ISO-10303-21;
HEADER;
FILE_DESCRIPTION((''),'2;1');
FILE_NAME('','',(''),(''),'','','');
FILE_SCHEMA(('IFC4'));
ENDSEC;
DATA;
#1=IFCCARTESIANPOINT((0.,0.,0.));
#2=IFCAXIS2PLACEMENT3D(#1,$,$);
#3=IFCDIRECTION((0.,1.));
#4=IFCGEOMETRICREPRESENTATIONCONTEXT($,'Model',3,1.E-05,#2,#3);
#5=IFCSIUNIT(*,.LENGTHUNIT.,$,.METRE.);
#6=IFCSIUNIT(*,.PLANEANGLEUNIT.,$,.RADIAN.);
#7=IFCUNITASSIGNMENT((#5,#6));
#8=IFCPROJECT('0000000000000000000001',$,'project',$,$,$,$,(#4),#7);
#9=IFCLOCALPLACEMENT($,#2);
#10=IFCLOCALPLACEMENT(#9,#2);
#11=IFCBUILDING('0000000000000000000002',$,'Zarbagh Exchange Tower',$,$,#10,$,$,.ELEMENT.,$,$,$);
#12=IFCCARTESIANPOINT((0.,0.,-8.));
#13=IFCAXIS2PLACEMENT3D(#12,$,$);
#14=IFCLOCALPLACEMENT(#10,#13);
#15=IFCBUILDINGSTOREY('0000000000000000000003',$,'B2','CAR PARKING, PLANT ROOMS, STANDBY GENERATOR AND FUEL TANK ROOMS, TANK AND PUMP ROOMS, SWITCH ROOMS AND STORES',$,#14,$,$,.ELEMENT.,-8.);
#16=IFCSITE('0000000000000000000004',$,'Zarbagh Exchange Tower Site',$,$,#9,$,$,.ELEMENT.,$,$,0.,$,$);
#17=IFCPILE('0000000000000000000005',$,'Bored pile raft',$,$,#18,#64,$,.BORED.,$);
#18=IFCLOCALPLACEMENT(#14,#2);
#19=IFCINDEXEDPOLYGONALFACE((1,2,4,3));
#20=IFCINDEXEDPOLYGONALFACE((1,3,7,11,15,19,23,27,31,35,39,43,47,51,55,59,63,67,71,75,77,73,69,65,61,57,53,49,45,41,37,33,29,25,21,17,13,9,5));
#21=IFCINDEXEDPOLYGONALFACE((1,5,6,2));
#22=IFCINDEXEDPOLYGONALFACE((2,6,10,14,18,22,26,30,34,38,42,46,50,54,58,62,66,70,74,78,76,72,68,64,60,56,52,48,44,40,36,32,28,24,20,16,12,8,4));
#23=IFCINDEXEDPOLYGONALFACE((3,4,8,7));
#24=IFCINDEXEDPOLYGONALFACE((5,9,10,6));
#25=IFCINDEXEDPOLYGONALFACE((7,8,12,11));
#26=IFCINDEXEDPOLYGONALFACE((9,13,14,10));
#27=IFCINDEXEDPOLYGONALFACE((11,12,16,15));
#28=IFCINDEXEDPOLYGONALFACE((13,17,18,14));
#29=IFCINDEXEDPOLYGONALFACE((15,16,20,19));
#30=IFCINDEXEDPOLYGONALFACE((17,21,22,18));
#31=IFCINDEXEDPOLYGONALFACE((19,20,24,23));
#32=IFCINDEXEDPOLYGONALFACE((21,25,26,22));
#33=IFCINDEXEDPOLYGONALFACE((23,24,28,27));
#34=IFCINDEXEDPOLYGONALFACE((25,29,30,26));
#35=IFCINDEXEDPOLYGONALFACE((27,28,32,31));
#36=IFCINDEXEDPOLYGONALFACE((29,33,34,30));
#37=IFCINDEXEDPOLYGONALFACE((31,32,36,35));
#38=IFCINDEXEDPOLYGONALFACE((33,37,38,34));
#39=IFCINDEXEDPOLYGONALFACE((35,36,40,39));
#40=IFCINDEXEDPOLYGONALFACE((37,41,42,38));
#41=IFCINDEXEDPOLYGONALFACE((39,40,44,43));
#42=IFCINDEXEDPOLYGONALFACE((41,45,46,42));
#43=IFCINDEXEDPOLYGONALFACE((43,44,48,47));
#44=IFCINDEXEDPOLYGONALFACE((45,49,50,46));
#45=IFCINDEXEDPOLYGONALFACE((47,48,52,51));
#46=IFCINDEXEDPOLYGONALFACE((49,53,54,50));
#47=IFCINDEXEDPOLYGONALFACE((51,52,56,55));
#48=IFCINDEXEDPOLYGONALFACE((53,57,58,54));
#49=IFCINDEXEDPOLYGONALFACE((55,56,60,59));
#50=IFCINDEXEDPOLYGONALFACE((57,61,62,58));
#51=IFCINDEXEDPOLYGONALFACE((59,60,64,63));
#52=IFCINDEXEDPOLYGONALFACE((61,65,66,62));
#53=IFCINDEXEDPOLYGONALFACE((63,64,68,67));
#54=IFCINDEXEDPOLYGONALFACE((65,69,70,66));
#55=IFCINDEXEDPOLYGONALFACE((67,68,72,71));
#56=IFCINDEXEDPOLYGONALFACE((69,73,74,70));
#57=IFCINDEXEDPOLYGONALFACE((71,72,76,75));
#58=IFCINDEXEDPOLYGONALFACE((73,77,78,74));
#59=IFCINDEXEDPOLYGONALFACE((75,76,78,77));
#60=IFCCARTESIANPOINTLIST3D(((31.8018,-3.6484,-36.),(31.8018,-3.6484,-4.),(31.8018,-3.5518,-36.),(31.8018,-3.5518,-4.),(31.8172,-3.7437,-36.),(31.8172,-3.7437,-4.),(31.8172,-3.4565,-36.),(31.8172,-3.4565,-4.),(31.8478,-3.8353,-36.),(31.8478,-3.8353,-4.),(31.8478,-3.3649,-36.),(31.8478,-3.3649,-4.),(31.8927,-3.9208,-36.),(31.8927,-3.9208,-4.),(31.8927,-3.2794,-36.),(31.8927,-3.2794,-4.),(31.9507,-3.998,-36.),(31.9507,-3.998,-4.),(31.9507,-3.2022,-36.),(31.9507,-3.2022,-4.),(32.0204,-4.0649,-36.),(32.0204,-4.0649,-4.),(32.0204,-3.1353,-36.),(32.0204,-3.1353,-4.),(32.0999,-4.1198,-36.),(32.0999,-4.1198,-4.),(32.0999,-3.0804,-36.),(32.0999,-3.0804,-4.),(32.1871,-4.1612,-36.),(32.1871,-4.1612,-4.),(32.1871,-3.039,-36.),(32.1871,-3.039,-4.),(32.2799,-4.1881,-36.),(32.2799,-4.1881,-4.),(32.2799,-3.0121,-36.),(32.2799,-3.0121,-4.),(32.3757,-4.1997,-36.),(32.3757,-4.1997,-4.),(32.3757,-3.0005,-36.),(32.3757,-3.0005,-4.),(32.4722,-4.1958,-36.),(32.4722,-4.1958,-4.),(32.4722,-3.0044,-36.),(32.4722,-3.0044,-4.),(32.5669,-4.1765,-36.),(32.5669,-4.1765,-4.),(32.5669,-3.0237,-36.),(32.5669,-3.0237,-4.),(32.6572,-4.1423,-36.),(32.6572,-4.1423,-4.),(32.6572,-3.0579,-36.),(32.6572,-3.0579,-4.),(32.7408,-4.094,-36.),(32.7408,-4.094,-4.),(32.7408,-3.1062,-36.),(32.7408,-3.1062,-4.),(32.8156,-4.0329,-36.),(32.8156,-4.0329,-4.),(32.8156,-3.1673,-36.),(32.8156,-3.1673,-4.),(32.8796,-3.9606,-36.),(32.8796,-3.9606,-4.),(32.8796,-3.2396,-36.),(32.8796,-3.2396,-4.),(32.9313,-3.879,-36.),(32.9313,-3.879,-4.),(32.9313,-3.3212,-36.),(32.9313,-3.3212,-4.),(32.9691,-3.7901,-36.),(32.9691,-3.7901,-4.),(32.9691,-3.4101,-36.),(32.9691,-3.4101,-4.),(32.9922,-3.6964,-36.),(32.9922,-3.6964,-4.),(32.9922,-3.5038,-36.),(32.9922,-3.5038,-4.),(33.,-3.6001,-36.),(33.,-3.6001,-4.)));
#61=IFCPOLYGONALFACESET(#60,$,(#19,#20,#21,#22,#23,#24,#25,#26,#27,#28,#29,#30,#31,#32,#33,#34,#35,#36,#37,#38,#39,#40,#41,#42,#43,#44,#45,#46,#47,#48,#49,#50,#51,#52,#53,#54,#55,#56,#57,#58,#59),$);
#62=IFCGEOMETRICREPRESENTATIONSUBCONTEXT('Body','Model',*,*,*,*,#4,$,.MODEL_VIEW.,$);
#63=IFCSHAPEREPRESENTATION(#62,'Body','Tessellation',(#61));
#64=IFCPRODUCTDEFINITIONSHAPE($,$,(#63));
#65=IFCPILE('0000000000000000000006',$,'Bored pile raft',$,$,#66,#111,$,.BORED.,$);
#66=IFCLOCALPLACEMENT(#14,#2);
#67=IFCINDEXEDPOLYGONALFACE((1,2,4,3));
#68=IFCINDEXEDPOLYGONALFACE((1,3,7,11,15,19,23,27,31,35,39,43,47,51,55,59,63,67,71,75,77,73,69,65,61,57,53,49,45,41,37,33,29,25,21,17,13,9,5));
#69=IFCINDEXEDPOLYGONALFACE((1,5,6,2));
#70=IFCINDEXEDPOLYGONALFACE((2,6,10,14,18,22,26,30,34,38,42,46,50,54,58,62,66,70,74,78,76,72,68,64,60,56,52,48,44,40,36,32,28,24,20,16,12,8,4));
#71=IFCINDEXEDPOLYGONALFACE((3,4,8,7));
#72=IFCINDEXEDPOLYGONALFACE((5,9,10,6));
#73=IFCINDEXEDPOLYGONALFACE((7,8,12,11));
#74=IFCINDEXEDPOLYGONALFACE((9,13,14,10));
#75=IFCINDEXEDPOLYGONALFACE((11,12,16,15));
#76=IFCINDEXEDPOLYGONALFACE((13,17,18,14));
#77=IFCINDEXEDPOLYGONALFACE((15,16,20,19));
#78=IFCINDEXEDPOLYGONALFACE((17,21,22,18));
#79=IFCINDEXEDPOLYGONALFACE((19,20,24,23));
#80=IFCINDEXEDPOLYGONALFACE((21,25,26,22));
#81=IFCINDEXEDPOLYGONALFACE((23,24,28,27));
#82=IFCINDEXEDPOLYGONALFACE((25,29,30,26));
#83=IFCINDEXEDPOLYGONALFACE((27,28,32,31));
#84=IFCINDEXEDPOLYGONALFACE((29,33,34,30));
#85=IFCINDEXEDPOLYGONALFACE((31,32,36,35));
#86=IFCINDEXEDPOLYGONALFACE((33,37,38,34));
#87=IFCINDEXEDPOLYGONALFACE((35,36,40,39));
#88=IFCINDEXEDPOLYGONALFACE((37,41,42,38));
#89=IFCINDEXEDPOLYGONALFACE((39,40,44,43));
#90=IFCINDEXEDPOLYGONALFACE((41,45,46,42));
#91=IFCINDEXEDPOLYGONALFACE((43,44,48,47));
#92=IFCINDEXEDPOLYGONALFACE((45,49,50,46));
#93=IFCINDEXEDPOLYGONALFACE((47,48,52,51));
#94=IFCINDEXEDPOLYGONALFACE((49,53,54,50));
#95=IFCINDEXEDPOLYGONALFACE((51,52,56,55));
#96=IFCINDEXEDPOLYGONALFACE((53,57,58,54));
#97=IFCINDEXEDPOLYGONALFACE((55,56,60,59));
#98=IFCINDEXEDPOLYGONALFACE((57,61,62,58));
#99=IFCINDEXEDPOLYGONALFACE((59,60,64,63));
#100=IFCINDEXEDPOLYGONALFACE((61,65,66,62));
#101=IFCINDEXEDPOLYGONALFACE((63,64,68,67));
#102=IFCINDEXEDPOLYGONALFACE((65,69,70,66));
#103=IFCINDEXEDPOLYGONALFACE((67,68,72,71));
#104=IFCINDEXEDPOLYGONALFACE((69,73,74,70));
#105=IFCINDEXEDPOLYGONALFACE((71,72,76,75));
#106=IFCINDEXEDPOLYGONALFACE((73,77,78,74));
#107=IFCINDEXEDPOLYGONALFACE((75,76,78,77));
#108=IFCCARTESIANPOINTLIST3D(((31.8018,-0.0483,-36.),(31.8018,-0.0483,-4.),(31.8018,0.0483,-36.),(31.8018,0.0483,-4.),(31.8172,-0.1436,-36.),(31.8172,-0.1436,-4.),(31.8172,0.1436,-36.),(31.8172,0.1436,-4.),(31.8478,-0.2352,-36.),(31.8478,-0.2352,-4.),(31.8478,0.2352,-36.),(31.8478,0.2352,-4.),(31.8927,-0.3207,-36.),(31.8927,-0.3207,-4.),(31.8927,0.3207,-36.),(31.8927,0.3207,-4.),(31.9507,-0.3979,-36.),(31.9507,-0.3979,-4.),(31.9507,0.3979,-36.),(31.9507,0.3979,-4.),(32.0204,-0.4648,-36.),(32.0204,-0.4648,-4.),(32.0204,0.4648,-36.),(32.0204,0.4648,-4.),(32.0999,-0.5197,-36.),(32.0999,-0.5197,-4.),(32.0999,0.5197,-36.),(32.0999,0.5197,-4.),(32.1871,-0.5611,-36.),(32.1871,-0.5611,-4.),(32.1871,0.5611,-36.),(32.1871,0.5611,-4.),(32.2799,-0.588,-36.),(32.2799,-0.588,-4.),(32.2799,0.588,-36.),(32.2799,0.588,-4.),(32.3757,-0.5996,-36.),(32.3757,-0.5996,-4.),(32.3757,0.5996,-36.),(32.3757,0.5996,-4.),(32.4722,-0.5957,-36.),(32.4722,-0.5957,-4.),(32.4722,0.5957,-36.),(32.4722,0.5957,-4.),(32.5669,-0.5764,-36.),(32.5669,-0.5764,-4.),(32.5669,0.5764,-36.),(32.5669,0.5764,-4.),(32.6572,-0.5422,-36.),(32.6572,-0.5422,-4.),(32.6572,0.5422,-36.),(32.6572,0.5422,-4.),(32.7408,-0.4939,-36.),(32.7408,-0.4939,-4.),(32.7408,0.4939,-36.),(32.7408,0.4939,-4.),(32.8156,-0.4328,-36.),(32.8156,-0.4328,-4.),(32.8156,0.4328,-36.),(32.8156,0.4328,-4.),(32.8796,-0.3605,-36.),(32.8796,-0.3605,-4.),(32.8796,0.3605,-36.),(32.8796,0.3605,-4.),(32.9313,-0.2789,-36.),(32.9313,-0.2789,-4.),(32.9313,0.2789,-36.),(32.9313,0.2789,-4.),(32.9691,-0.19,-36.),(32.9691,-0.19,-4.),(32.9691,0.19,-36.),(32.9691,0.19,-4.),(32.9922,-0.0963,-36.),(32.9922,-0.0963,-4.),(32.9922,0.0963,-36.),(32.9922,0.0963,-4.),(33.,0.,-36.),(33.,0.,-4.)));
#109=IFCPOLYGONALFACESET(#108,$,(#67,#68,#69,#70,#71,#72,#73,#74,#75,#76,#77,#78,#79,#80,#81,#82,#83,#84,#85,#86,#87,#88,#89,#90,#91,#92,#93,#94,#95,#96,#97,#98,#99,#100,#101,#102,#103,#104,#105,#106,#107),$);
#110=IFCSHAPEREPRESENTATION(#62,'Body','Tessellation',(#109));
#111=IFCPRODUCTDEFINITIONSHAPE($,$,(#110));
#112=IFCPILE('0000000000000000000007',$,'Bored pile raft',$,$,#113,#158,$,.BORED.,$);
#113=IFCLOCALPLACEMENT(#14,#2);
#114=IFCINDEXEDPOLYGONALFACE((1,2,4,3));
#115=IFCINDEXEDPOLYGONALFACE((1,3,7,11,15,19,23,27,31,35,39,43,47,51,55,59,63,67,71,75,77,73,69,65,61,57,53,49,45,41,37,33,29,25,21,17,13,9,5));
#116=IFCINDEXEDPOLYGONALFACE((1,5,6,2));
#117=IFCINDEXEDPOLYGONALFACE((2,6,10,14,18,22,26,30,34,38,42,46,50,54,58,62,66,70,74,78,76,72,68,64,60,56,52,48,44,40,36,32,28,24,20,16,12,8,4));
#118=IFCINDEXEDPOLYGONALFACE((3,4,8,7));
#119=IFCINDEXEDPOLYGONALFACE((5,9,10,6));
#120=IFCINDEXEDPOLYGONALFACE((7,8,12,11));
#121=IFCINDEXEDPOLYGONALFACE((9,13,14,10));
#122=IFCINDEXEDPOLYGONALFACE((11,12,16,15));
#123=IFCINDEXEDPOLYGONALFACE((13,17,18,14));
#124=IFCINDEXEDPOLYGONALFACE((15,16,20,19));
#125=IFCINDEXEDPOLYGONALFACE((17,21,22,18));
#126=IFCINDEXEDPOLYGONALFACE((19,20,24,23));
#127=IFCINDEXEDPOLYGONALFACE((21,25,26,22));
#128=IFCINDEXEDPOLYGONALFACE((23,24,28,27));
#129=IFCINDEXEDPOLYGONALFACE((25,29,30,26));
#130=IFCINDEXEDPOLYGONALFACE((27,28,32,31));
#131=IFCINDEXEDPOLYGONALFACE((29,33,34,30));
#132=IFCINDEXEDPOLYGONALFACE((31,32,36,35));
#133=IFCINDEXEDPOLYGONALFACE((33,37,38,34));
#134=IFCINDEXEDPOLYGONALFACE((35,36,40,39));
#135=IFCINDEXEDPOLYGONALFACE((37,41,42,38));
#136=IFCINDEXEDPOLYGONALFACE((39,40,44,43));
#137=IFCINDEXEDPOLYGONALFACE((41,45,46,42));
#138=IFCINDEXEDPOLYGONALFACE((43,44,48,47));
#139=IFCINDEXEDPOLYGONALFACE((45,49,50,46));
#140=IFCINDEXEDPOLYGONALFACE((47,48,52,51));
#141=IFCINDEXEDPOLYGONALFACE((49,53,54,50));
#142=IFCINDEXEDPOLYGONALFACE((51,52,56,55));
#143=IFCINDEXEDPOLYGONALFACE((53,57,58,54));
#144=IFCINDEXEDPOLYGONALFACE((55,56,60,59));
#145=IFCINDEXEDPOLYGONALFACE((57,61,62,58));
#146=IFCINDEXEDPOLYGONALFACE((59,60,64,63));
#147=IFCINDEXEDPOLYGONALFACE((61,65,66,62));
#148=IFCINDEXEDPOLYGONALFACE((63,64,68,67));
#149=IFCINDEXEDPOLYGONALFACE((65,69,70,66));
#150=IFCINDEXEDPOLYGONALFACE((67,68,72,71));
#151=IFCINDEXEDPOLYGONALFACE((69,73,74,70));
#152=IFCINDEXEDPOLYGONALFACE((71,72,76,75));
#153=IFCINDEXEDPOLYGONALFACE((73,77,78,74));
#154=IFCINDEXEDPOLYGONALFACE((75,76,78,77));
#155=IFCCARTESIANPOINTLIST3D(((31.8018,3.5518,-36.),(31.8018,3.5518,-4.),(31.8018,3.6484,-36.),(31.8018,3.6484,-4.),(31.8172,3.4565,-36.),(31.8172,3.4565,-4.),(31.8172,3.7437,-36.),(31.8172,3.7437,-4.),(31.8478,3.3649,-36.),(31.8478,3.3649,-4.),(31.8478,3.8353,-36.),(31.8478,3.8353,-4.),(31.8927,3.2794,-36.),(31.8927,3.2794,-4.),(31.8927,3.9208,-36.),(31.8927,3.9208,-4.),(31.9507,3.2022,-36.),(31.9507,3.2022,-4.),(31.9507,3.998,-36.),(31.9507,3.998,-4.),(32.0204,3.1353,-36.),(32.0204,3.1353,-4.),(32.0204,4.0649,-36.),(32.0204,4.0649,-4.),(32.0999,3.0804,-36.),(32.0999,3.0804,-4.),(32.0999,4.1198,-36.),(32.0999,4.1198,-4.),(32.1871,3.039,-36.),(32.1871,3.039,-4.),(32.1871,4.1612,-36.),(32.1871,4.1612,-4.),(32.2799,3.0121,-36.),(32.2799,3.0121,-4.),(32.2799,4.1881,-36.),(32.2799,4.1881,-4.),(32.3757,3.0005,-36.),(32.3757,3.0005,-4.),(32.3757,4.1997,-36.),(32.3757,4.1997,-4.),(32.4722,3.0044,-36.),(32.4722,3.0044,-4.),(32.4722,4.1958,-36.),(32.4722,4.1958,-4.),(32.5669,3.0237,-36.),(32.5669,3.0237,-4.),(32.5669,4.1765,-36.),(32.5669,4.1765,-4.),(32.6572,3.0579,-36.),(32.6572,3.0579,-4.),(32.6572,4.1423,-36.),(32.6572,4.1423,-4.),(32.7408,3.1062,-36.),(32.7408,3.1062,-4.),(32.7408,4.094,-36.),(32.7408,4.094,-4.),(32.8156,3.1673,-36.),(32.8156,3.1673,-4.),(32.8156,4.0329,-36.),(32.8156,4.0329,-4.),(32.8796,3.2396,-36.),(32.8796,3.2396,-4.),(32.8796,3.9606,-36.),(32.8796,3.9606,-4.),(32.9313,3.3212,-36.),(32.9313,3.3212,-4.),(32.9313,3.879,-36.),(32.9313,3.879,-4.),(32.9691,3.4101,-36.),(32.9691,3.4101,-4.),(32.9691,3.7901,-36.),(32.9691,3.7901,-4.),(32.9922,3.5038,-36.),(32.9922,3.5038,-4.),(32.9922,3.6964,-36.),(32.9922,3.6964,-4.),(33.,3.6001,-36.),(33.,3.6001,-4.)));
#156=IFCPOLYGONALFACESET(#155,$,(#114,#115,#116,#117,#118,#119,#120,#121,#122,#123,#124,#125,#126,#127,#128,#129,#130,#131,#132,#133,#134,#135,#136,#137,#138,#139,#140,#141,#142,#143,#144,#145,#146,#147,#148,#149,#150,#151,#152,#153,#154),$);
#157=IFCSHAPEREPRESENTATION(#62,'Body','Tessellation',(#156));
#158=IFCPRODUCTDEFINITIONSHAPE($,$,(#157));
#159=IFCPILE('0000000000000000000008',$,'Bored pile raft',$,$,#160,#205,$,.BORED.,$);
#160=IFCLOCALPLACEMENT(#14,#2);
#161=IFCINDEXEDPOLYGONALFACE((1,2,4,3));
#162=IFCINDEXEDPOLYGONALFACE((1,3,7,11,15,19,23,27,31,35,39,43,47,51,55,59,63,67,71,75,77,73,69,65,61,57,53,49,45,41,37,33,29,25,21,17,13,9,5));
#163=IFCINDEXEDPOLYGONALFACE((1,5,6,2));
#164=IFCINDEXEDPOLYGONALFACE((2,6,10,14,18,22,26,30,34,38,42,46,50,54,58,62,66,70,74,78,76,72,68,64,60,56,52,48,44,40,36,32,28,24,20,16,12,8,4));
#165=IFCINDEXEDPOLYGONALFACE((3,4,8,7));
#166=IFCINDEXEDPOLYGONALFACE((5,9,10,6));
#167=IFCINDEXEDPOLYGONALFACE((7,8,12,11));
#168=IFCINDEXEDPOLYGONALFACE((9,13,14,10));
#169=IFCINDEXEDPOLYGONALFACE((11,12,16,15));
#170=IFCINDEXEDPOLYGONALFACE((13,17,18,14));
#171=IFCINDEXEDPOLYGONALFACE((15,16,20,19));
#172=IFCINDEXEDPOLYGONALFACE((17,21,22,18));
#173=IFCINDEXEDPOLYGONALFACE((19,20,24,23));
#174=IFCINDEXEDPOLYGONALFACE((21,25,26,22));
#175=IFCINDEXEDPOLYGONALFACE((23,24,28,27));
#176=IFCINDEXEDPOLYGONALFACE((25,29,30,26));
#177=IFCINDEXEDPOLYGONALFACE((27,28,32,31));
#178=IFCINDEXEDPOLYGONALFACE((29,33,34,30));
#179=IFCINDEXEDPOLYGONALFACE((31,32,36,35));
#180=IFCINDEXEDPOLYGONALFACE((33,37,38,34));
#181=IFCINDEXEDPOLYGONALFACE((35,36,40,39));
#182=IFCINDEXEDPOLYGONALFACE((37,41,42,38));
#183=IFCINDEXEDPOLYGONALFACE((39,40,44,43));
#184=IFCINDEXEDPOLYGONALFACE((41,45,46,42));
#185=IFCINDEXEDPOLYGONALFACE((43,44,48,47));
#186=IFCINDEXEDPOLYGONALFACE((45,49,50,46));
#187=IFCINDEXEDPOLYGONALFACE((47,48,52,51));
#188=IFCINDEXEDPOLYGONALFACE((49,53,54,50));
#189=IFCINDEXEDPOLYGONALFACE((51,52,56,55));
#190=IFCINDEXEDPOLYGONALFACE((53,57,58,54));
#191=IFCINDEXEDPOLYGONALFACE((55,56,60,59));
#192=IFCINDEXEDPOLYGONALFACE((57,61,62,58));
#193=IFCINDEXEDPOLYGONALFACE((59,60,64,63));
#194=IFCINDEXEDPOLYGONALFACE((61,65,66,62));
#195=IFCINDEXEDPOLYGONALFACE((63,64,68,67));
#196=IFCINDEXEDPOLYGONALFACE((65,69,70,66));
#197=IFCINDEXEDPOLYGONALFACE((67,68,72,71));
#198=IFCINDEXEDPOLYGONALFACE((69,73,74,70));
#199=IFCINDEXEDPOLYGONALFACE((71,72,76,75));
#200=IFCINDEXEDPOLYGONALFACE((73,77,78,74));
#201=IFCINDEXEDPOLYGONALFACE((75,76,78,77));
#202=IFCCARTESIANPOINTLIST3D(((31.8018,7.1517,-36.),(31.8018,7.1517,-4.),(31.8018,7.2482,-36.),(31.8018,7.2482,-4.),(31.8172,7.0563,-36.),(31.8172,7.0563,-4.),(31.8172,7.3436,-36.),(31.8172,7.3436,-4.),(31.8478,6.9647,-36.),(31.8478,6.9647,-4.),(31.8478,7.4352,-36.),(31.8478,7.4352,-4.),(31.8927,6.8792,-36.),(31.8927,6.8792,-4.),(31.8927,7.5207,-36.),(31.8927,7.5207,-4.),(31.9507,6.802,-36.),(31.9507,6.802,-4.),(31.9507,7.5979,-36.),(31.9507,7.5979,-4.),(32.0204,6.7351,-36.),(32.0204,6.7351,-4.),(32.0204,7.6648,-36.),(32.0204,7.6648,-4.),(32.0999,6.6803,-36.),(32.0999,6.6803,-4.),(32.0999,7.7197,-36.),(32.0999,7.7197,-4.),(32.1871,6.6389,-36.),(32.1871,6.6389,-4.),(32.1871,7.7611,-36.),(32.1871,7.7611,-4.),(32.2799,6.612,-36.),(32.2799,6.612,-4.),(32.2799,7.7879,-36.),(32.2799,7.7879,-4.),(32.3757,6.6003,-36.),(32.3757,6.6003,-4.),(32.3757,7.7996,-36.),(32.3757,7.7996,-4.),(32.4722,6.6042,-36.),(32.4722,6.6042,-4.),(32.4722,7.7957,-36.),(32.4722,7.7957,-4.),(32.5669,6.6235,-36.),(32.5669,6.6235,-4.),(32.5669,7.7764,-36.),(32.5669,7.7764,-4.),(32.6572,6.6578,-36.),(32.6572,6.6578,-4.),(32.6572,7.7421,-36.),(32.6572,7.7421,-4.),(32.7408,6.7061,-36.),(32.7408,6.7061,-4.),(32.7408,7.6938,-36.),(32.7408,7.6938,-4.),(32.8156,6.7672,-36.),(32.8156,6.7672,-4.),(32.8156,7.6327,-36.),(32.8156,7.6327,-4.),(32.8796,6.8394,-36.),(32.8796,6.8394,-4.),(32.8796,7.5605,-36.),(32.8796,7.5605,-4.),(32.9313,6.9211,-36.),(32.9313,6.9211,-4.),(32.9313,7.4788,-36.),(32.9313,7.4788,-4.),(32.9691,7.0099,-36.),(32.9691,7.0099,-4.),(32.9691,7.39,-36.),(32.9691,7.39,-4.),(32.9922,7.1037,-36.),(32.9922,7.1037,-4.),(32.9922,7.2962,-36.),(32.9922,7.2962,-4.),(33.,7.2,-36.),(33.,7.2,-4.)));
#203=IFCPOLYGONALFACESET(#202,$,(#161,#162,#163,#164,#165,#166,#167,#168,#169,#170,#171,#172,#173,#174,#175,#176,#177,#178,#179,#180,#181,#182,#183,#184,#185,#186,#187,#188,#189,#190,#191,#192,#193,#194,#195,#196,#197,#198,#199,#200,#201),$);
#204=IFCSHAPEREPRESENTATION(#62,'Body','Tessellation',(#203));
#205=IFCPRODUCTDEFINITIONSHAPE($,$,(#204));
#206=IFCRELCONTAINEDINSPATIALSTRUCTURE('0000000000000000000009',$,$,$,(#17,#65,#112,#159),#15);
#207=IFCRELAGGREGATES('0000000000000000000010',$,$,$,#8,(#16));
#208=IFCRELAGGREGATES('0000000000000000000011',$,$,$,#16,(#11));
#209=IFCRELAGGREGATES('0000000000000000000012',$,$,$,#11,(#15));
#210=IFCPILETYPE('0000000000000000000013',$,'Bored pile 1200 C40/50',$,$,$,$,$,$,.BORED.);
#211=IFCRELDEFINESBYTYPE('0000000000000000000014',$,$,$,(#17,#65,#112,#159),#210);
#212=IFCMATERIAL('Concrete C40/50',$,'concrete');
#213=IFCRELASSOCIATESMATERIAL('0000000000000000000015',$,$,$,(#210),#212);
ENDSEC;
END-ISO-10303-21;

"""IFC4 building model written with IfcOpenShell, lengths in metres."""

from ifc_helpers import new_model, si_unit, direction, frame, origin, origin_2d, place, context, subcontext, project, spatial, circle, extrude, material, material_profile, profile_set, type_object, element, save


model = new_model("IFC4")

# Units and contexts
model_context = context("Model", 3, precision=1e-05, world=origin(), true_north=direction((0.0, 1.0)))
body_context = subcontext(model_context, "Body", "Model", "MODEL_VIEW")
ifc_project = project(units=[si_unit("LENGTHUNIT", "METRE"), si_unit("PLANEANGLEUNIT", "RADIAN")], contexts=[model_context])

# Site, building, storey
site_placement = place(None, origin())
site = spatial("IfcSite", under=ifc_project, at=site_placement, Name="Zarbagh Exchange Tower Site", CompositionType="ELEMENT", RefElevation=0.0)
building_placement = place(site_placement, origin())
building = spatial("IfcBuilding", under=site, at=building_placement, Name="Zarbagh Exchange Tower", CompositionType="ELEMENT")
storey_placement = place(building_placement, frame((0.0, 0.0, -8.0)))
storey = spatial("IfcBuildingStorey", under=building, at=storey_placement, Name="B2", Description="CAR PARKING, PLANT ROOMS, STANDBY GENERATOR AND FUEL TANK ROOMS, TANK AND PUMP ROOMS, SWITCH ROOMS AND STORES", CompositionType="ELEMENT", Elevation=-8.0)

# Piles
ifc_material_1 = material(Name="Concrete C40/50", Category="concrete")
ifc_material_profile_1 = material_profile(ifc_material_1, circle(Radius=0.6001, at=origin_2d()), Name="Bored pile 1200 C40/50")
ifc_profile_set_1 = profile_set([ifc_material_profile_1], Name="Concrete C40/50")
pile_type = type_object("IfcPileType", Name="Bored pile 1200 C40/50", PredefinedType="BORED", material=ifc_profile_set_1)
for number, where, z_axis, x_axis, name in (
    (1, (32.3999, -3.6001, -4.0), (0.0, 0.0, -1.0), (1.0, 0.0, 0.0), "Bored pile raft"),
    (2, (32.3999, 0.0, -4.0), (0.0, 0.0, -1.0), (1.0, 0.0, 0.0), "Bored pile raft"),
    (3, (32.3999, 3.6001, -4.0), (0.0, 0.0, -1.0), (1.0, 0.0, 0.0), "Bored pile raft"),
    (4, (32.3999, 7.2, -4.0), (0.0, 0.0, -1.0), (1.0, 0.0, 0.0), "Bored pile raft"),
):
    element("IfcPile", number, at=place(storey_placement, frame(where, z_axis=z_axis, x_axis=x_axis)), inside=storey, type_object=pile_type, Name=name, PredefinedType="BORED", context=body_context, shape_type="SweptSolid", body=[
        extrude(circle(Radius=0.6001, at=origin_2d()), origin(), (0.0, 0.0, 1.0), 32.0),
    ])

save(model, "model.ifc")
